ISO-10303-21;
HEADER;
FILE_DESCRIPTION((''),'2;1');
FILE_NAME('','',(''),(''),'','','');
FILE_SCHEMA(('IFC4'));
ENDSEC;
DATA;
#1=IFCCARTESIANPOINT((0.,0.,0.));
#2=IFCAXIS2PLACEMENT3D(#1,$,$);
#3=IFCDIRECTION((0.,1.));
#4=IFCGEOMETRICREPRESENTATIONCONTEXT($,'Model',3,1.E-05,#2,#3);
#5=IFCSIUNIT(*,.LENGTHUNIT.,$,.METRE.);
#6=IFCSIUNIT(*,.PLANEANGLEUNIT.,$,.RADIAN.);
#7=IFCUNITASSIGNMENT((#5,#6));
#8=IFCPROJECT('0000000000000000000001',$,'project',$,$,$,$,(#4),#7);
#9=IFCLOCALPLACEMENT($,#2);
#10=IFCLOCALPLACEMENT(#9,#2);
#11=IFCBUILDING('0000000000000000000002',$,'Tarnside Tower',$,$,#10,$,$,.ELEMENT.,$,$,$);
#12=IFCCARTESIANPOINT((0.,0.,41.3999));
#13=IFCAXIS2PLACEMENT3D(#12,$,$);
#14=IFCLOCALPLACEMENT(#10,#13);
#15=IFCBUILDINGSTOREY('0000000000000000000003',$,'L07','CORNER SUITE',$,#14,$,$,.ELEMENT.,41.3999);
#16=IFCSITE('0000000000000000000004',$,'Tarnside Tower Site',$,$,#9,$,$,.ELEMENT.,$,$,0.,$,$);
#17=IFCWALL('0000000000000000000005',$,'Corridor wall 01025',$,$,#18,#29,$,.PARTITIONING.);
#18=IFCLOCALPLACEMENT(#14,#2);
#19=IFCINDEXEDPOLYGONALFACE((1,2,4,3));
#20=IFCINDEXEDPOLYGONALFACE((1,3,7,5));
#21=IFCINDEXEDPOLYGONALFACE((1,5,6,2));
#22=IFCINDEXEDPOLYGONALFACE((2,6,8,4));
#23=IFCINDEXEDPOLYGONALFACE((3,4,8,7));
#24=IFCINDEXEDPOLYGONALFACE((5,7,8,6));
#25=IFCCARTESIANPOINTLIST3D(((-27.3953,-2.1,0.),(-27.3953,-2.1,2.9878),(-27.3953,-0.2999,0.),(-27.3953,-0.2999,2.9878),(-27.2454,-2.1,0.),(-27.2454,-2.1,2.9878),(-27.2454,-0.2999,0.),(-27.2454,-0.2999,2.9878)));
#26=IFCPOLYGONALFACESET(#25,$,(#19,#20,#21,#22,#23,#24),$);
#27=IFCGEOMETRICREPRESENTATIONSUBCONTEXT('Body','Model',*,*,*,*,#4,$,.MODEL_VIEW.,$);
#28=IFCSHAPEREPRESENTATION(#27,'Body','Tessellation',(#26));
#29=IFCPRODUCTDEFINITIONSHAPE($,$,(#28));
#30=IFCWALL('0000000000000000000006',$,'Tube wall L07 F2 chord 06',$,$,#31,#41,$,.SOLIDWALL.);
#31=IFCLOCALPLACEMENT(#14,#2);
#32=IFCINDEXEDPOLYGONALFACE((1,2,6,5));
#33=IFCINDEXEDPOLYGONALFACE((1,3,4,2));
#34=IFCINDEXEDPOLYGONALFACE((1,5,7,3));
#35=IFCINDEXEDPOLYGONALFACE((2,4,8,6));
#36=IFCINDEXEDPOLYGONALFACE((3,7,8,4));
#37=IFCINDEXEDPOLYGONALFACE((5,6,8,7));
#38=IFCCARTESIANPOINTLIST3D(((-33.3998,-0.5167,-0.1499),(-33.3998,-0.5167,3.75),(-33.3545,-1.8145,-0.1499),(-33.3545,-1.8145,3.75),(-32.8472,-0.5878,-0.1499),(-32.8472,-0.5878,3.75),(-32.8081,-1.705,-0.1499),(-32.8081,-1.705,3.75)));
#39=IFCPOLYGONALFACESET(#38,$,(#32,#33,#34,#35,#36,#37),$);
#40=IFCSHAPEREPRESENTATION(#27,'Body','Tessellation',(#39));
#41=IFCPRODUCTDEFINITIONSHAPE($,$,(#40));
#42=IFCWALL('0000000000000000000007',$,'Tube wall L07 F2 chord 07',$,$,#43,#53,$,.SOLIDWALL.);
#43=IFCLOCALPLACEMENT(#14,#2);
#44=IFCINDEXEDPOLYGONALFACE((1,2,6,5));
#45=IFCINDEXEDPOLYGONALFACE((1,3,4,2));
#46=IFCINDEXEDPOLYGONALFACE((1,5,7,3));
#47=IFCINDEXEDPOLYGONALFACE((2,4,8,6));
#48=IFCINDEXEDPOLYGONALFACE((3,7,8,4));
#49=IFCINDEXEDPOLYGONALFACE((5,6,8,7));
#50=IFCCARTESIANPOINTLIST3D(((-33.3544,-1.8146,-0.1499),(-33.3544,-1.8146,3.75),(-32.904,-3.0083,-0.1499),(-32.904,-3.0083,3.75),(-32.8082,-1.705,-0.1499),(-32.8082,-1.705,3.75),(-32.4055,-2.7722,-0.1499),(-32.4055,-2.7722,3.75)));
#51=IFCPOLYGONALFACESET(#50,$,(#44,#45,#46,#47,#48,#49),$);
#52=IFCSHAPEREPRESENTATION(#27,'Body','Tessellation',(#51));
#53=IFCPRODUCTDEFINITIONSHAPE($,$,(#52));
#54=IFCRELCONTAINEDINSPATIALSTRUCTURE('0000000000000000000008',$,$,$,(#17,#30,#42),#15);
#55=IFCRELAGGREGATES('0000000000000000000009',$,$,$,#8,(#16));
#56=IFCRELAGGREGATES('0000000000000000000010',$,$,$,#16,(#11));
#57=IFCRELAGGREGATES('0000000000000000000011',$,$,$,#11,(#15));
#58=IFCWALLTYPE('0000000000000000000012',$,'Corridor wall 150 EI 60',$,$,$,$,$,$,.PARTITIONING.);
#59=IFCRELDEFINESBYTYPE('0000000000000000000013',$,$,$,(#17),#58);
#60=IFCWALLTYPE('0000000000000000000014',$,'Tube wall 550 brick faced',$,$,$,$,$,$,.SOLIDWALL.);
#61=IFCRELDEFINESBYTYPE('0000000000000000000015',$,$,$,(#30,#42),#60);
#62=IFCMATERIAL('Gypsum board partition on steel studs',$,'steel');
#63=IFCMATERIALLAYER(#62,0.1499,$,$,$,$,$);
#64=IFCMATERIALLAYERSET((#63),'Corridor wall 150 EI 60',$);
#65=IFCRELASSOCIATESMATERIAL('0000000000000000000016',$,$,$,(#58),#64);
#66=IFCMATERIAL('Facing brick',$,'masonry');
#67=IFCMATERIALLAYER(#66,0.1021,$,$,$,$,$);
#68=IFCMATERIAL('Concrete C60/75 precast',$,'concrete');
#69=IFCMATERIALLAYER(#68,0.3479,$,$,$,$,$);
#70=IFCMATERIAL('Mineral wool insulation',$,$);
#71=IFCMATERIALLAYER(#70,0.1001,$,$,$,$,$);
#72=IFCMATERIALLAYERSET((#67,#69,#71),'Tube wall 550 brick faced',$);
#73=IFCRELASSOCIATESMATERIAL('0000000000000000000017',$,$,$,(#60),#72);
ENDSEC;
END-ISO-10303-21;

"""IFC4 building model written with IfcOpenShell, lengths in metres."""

from ifc_helpers import new_model, si_unit, direction, frame, frame_2d, origin, place, context, subcontext, project, spatial, polyline, rectangle, outline, extrude, material, layer, layer_set, type_object, element, save


model = new_model("IFC4")

# Units and contexts
model_context = context("Model", 3, precision=1e-05, world=origin(), true_north=direction((0.0, 1.0)))
body_context = subcontext(model_context, "Body", "Model", "MODEL_VIEW")
ifc_project = project(units=[si_unit("LENGTHUNIT", "METRE"), si_unit("PLANEANGLEUNIT", "RADIAN")], contexts=[model_context])

# Site, building, storey
site_placement = place(None, origin())
site = spatial("IfcSite", under=ifc_project, at=site_placement, Name="Tarnside Tower Site", CompositionType="ELEMENT", RefElevation=0.0)
building_placement = place(site_placement, origin())
building = spatial("IfcBuilding", under=site, at=building_placement, Name="Tarnside Tower", CompositionType="ELEMENT")
storey_placement = place(building_placement, frame((0.0, 0.0, 41.3999)))
storey = spatial("IfcBuildingStorey", under=building, at=storey_placement, Name="L07", Description="CORNER SUITE", CompositionType="ELEMENT", Elevation=41.3999)

# Walls
ifc_material_1 = material(Name="Gypsum board partition on steel studs", Category="steel")
ifc_layer_1 = layer(ifc_material_1, 0.1499)
ifc_layer_set_1 = layer_set([ifc_layer_1], Name="Corridor wall 150 EI 60")
wall_type_1 = type_object("IfcWallType", Name="Corridor wall 150 EI 60", PredefinedType="PARTITIONING", material=ifc_layer_set_1)
wall_1_placement = place(storey_placement, frame((-27.3203, -0.3, 0.0), z_axis=(0.0, 0.0, 1.0), x_axis=(0.0, -1.0, 0.0)))
element("IfcWall", 1, at=wall_1_placement, inside=storey, type_object=wall_type_1, Name="Corridor wall 01025", PredefinedType="PARTITIONING", context=body_context, shape_type="SweptSolid", body=[
    extrude(rectangle(XDim=1.8, YDim=0.1499, at=frame_2d((0.8999, 0.0))), origin(), (0.0, 0.0, 1.0), 2.9878),
])
ifc_material_2 = material(Name="Facing brick", Category="masonry")
ifc_layer_2 = layer(ifc_material_2, 0.1021)
ifc_material_3 = material(Name="Concrete C60/75 precast", Category="concrete")
ifc_layer_3 = layer(ifc_material_3, 0.3479)
ifc_material_4 = material(Name="Mineral wool insulation")
ifc_layer_4 = layer(ifc_material_4, 0.1001)
ifc_layer_set_2 = layer_set([ifc_layer_2, ifc_layer_3, ifc_layer_4], Name="Tube wall 550 brick faced")
wall_type_2 = type_object("IfcWallType", Name="Tube wall 550 brick faced", PredefinedType="SOLIDWALL", material=ifc_layer_set_2)
wall_2_placement = place(storey_placement, frame((-33.1235, -0.5522, -0.1499), z_axis=(0.0, 0.0, 1.0), x_axis=(0.034956, -0.999389, 0.0)))
element("IfcWall", 2, at=wall_2_placement, inside=storey, type_object=wall_type_2, Name="Tube wall L07 F2 chord 06", PredefinedType="SOLIDWALL", context=body_context, shape_type="SweptSolid", body=[
    extrude(outline(polyline([(-0.0452, -0.2749), (1.2534, -0.2749), (1.1631, 0.2749), (0.0452, 0.2749), (-0.0452, -0.2749)])), origin(), (0.0, 0.0, 1.0), 3.8999),
])
wall_3_placement = place(storey_placement, frame((-33.0813, -1.7598, -0.1499), z_axis=(0.0, 0.0, 1.0), x_axis=(0.353027, -0.935613, 0.0)))
element("IfcWall", 3, at=wall_3_placement, inside=storey, type_object=wall_type_2, Name="Tube wall L07 F2 chord 07", PredefinedType="SOLIDWALL", context=body_context, shape_type="SweptSolid", body=[
    extrude(outline(polyline([(-0.0452, -0.2749), (1.2307, -0.2749), (1.1858, 0.2749), (0.0452, 0.2749), (-0.0452, -0.2749)])), origin(), (0.0, 0.0, 1.0), 3.8999),
])

save(model, "model.ifc")
